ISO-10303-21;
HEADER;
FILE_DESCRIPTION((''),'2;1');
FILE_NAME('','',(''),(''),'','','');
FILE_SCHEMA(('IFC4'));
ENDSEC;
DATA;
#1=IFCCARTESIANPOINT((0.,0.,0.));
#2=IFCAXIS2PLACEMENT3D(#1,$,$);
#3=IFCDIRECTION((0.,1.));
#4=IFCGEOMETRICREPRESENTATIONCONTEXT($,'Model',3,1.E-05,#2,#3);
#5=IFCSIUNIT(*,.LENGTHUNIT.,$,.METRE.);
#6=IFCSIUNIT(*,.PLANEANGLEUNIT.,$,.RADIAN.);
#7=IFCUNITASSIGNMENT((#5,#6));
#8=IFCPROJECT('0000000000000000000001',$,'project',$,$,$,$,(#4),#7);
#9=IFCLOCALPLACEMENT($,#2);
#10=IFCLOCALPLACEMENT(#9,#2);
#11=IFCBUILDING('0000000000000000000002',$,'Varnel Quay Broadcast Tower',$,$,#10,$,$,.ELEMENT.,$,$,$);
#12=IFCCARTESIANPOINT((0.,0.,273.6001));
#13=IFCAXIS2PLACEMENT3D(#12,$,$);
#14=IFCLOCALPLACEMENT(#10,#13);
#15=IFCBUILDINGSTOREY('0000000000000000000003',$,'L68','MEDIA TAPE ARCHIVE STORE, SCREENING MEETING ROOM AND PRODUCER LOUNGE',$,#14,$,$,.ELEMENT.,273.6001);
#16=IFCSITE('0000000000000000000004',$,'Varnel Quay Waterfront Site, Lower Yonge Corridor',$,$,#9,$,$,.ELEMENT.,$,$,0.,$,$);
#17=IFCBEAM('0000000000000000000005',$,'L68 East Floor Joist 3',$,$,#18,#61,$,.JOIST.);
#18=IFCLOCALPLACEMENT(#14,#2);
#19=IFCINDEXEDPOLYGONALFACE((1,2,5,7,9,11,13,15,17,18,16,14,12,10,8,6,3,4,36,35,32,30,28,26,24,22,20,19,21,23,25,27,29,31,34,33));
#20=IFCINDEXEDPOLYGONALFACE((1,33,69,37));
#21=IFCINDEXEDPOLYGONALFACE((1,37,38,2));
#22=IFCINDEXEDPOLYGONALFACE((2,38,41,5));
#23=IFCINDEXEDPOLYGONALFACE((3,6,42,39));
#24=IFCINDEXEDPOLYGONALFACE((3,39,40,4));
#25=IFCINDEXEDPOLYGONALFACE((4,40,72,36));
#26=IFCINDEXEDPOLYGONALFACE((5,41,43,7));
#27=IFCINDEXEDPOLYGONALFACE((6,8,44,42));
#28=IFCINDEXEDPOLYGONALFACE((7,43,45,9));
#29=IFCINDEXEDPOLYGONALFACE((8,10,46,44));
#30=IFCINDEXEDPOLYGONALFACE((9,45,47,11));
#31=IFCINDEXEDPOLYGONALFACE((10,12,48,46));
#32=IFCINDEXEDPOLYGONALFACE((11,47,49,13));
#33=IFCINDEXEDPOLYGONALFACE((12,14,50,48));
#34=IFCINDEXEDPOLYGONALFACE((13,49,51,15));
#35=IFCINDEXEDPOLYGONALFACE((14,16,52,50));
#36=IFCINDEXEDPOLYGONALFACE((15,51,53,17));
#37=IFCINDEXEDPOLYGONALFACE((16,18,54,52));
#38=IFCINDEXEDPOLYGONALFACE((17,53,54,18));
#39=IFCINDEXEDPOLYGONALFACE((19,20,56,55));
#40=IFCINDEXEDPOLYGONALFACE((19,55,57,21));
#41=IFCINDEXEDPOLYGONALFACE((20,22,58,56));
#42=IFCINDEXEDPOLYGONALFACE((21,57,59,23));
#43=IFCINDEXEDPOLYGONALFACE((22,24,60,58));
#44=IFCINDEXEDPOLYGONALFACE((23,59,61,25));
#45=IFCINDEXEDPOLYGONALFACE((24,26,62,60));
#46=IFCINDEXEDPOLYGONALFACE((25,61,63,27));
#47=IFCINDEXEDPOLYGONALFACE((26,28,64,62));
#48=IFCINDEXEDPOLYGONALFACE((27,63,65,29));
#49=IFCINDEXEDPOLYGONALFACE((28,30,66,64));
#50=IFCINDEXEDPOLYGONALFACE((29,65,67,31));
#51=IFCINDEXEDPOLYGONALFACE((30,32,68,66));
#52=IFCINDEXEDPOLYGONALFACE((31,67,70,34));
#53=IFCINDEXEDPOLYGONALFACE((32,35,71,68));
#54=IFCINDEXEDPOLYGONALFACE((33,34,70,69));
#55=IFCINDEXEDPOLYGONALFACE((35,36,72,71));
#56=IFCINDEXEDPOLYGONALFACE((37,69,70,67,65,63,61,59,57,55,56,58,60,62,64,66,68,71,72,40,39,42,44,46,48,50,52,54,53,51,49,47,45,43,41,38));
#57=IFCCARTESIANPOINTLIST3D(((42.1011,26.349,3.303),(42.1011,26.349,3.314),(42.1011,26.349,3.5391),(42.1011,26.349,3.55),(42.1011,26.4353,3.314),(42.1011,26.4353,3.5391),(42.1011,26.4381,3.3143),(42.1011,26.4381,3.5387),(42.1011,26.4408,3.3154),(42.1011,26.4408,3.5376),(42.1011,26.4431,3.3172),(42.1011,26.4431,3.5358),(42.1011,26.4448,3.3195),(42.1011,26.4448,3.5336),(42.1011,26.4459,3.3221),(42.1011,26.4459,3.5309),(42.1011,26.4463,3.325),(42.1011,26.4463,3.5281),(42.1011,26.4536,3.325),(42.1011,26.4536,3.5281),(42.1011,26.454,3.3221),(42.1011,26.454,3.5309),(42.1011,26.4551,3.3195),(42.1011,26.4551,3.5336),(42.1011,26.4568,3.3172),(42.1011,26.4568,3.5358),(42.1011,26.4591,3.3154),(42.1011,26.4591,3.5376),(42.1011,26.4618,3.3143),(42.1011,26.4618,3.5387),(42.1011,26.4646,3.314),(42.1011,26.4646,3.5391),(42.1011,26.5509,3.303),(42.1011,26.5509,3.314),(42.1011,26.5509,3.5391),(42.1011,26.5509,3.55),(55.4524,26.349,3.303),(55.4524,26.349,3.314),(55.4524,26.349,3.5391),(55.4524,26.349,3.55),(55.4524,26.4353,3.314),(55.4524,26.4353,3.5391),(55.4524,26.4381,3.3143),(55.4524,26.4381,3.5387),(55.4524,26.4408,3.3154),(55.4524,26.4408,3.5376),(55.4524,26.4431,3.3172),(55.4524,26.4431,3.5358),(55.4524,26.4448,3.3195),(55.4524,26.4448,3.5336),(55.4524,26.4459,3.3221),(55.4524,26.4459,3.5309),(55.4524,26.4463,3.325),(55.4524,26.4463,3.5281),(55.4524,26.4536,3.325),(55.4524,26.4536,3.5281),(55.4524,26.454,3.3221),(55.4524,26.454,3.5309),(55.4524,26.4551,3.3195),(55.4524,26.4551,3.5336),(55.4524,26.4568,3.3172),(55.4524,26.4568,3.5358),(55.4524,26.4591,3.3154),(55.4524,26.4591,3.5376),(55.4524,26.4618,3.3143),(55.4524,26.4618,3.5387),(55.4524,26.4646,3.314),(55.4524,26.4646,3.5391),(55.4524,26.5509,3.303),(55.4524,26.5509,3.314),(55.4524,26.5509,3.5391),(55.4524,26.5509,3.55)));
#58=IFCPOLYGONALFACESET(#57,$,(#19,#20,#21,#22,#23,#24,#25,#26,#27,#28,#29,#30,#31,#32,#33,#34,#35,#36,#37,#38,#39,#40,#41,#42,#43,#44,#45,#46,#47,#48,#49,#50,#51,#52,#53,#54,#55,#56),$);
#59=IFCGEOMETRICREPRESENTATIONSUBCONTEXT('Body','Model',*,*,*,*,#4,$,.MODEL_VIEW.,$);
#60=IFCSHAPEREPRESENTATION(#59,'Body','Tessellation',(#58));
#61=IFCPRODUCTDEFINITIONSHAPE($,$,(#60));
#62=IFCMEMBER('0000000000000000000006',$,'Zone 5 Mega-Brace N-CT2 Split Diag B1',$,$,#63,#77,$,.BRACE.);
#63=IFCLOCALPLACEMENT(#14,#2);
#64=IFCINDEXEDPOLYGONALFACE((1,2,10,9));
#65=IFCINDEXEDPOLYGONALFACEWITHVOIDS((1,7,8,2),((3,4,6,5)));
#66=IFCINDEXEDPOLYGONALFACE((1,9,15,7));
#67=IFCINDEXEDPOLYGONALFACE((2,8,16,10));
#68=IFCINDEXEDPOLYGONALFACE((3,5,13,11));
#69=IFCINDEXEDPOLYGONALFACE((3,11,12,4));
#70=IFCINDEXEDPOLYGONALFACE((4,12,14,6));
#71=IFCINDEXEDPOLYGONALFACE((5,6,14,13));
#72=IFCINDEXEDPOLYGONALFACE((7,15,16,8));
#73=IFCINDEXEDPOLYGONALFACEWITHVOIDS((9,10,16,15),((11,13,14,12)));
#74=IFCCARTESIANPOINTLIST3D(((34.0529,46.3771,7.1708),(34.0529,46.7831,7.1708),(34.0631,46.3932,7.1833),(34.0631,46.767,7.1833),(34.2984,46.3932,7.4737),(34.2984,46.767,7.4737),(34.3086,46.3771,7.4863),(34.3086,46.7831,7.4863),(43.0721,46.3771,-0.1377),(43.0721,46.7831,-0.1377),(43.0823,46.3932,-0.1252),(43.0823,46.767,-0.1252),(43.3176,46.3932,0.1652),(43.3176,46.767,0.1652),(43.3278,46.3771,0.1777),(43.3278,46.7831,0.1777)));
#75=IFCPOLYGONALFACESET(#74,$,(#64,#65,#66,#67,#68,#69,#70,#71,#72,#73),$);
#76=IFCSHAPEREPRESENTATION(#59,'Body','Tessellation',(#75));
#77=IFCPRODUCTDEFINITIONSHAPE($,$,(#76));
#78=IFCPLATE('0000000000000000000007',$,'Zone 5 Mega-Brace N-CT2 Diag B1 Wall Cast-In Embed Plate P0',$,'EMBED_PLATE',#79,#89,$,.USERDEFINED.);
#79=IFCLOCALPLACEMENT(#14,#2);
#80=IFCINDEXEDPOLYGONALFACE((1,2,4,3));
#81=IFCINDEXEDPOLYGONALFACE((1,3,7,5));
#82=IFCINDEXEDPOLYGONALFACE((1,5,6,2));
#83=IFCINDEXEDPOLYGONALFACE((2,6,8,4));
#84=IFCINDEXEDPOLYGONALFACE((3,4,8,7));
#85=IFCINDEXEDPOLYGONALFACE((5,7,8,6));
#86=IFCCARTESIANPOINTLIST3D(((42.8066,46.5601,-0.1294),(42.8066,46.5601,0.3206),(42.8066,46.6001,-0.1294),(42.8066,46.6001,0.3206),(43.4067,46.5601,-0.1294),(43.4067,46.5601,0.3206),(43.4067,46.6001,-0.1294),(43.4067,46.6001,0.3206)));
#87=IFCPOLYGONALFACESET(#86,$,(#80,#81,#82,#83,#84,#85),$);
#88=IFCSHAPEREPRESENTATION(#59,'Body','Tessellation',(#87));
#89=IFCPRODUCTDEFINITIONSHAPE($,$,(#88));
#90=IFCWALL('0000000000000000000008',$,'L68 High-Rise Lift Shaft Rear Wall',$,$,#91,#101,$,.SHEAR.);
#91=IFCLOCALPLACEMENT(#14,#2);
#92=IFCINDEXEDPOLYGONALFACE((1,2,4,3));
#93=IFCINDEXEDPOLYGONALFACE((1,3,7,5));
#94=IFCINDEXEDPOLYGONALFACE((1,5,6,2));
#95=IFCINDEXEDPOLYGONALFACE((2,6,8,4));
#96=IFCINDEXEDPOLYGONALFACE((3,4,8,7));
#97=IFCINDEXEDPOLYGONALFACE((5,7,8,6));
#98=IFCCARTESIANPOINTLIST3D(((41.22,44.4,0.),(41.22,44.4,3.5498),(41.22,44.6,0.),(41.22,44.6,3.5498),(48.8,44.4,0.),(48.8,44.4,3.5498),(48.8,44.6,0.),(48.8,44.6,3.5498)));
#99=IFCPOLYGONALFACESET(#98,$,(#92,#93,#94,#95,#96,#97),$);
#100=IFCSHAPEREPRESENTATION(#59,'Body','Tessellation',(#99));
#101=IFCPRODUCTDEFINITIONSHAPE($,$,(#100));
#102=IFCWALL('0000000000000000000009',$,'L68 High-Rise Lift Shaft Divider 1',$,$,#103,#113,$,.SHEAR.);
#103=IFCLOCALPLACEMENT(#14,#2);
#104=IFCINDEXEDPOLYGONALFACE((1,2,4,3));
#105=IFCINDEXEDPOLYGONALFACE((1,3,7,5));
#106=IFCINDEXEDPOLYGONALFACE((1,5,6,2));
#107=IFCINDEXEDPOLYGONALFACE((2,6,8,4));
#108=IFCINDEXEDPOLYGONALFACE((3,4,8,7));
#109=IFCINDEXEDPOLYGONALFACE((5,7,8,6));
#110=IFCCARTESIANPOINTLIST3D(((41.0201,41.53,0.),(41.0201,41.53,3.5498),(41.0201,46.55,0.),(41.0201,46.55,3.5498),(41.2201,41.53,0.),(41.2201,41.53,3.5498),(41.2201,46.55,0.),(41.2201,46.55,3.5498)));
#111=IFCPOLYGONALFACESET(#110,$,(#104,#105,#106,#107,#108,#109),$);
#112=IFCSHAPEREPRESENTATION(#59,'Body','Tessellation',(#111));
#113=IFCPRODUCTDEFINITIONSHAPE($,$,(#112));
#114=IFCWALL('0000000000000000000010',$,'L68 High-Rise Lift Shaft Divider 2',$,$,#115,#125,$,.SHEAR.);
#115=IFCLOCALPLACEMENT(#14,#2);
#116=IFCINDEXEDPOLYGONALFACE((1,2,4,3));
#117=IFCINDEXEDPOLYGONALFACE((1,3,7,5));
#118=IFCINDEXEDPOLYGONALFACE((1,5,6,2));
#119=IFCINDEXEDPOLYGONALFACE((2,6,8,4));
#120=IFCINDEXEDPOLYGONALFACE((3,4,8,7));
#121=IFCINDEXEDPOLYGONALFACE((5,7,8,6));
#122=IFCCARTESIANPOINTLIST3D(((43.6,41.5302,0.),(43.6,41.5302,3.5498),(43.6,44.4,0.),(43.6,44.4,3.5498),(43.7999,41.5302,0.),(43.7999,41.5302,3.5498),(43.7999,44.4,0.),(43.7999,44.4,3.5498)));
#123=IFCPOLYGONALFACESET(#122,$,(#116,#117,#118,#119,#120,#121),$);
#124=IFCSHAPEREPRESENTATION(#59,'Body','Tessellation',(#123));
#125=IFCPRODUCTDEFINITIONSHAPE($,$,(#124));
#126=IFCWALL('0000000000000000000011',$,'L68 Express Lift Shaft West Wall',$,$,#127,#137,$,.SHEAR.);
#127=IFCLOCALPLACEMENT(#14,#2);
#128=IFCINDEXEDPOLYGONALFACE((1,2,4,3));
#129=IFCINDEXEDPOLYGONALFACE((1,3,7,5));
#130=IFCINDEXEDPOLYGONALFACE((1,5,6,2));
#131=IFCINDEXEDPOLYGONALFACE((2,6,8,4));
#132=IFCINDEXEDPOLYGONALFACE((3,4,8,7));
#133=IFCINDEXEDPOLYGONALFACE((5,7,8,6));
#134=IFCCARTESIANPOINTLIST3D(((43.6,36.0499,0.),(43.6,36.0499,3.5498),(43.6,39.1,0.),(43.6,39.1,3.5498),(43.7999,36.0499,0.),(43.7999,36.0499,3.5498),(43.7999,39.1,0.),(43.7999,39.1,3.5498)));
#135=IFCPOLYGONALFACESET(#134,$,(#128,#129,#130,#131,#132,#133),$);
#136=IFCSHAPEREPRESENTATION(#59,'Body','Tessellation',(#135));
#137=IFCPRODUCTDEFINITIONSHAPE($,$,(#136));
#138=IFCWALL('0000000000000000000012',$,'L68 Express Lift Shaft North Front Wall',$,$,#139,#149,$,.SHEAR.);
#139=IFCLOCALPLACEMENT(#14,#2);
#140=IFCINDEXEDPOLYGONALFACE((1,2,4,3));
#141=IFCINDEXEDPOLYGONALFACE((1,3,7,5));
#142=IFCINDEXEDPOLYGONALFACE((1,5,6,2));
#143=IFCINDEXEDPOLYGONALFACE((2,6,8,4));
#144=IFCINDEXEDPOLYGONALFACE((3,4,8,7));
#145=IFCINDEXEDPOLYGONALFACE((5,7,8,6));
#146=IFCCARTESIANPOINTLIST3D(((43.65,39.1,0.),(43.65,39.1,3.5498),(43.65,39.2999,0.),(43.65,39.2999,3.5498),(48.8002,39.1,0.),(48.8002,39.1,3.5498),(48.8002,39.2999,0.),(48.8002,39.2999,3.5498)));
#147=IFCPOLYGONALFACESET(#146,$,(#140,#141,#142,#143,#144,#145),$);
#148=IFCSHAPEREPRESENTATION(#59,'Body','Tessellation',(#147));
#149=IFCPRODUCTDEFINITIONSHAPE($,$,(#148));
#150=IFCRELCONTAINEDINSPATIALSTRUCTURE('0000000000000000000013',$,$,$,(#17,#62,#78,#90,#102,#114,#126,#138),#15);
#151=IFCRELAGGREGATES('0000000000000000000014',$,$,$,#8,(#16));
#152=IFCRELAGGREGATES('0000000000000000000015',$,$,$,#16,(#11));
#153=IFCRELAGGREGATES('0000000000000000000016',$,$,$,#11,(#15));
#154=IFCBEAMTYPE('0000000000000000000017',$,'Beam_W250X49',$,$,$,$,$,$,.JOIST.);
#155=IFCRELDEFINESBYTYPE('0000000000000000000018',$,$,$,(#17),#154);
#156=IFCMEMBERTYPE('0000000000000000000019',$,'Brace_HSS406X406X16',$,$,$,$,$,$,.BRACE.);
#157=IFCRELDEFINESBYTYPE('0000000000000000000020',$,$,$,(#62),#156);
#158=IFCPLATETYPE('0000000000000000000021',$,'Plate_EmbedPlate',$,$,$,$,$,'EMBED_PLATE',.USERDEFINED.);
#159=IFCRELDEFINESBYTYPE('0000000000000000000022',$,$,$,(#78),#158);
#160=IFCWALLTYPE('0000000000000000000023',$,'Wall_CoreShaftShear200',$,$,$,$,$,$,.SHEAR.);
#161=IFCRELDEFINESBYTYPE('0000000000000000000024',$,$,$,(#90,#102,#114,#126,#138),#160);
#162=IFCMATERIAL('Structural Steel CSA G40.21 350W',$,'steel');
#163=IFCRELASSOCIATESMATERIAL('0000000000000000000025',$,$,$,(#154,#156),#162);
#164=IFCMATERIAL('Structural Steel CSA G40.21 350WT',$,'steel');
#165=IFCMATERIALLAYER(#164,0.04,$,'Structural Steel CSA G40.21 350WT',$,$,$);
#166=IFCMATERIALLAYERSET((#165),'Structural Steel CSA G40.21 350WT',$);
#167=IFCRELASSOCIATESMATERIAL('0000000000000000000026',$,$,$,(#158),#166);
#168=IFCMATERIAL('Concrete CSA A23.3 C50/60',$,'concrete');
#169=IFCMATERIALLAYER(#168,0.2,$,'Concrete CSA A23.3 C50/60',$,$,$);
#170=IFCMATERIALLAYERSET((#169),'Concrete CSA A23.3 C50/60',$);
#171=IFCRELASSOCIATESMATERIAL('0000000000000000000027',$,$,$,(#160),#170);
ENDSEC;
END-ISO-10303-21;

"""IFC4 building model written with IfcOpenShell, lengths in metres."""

from ifc_helpers import new_model, si_unit, direction, frame, frame_2d, origin, origin_2d, place, context, subcontext, project, spatial, rectangle, hollow_rectangle, i_section, extrude, source, transform, mapped, material, layer, layer_set, material_profile, profile_set, type_object, type_shapes, element, save


model = new_model("IFC4")

# Units and contexts
model_context = context("Model", 3, precision=1e-05, world=origin(), true_north=direction((0.0, 1.0)))
body_context = subcontext(model_context, "Body", "Model", "MODEL_VIEW")
ifc_project = project(units=[si_unit("LENGTHUNIT", "METRE"), si_unit("PLANEANGLEUNIT", "RADIAN")], contexts=[model_context])

# Site, building, storey
site_placement = place(None, origin())
site = spatial("IfcSite", under=ifc_project, at=site_placement, Name="Varnel Quay Waterfront Site, Lower Yonge Corridor", CompositionType="ELEMENT", RefElevation=0.0)
building_placement = place(site_placement, origin())
building = spatial("IfcBuilding", under=site, at=building_placement, Name="Varnel Quay Broadcast Tower", CompositionType="ELEMENT")
storey_placement = place(building_placement, frame((0.0, 0.0, 273.6001)))
storey = spatial("IfcBuildingStorey", under=building, at=storey_placement, Name="L68", Description="MEDIA TAPE ARCHIVE STORE, SCREENING MEETING ROOM AND PRODUCER LOUNGE", CompositionType="ELEMENT", Elevation=273.6001)

# Shared definitions
ifc_material_1 = material(Name="Structural Steel CSA G40.21 350WT", Category="steel")
ifc_material_2 = material(Name="Structural Steel CSA G40.21 350W", Category="steel")

# Beam
ifc_material_3 = material(Name="Concrete CSA A23.3 C50/60", Category="concrete")
ifc_material_profile_1 = material_profile(ifc_material_2, i_section(OverallWidth=0.2019, OverallDepth=0.2471, WebThickness=0.0073, FlangeThickness=0.011, FilletRadius=0.011, at=origin_2d()), Name="W250X49")
ifc_profile_set_1 = profile_set([ifc_material_profile_1], Name="Structural Steel CSA G40.21 350W")
beam_type_1 = type_object("IfcBeamType", Name="Beam_W250X49", PredefinedType="JOIST", material=ifc_profile_set_1)
shared_shape_1 = source(origin(), body_context, "Body", "SweptSolid", [
    extrude(i_section(OverallWidth=0.2019, OverallDepth=0.2471, WebThickness=0.0073, FlangeThickness=0.011, FilletRadius=0.011, at=origin_2d()), origin(), (0.0, 0.0, 1.0), 13.3513),
])
type_shapes(beam_type_1, [shared_shape_1])
beam_1_placement = place(storey_placement, frame((42.1011, 26.45, 3.4265), z_axis=(1.0, 0.0, 0.0), x_axis=(0.0, 1.0, 0.0)))
element("IfcBeam", 1, at=beam_1_placement, inside=storey, type_object=beam_type_1, Name="L68 East Floor Joist 3", PredefinedType="JOIST", context=body_context, shape_type="MappedRepresentation", body=[
    mapped(shared_shape_1, transform((0.0, 0.0, 0.0), x_axis=(1.0, 0.0, 0.0), y_axis=(0.0, 1.0, 0.0), z_axis=(0.0, 0.0, 1.0), scale=1.0)),
])

# Member
ifc_material_profile_2 = material_profile(ifc_material_2, hollow_rectangle(XDim=0.406, YDim=0.406, WallThickness=0.0161, at=origin_2d()), Name="HSS406X406X16")
ifc_profile_set_2 = profile_set([ifc_material_profile_2], Name="Structural Steel CSA G40.21 350W")
member_type = type_object("IfcMemberType", Name="Brace_HSS406X406X16", PredefinedType="BRACE", material=ifc_profile_set_2)
shared_shape_2 = source(origin(), body_context, "Body", "SweptSolid", [
    extrude(hollow_rectangle(XDim=0.406, YDim=0.406, WallThickness=0.0161, at=origin_2d()), origin(), (0.0, 0.0, 1.0), 11.6086),
])
type_shapes(member_type, [shared_shape_2])
member_placement = place(storey_placement, frame((43.2, 46.5801, 0.02), z_axis=(-0.776939, 0.0, 0.629576), x_axis=(0.0, -1.0, 0.0)))
element("IfcMember", 2, at=member_placement, inside=storey, type_object=member_type, Name="Zone 5 Mega-Brace N-CT2 Split Diag B1", PredefinedType="BRACE", context=body_context, shape_type="MappedRepresentation", body=[
    mapped(shared_shape_2, transform((0.0, 0.0, 0.0), x_axis=(1.0, 0.0, 0.0), y_axis=(0.0, 1.0, 0.0), z_axis=(0.0, 0.0, 1.0), scale=1.0)),
])

# Plate
ifc_layer_1 = layer(ifc_material_1, 0.04, Name="Structural Steel CSA G40.21 350WT")
ifc_layer_set_1 = layer_set([ifc_layer_1], Name="Structural Steel CSA G40.21 350WT")
plate_type = type_object("IfcPlateType", Name="Plate_EmbedPlate", ElementType="EMBED_PLATE", PredefinedType="USERDEFINED", material=ifc_layer_set_1)
shared_shape_3 = source(origin(), body_context, "Body", "SweptSolid", [
    extrude(rectangle(XDim=0.6001, YDim=0.04, at=origin_2d()), origin(), (0.0, 0.0, 1.0), 0.45),
])
type_shapes(plate_type, [shared_shape_3])
plate_placement = place(storey_placement, frame((43.1067, 46.5801, -0.1294), z_axis=(0.0, 0.0, 1.0), x_axis=(1.0, 0.0, 0.0)))
element("IfcPlate", 3, at=plate_placement, inside=storey, type_object=plate_type, Name="Zone 5 Mega-Brace N-CT2 Diag B1 Wall Cast-In Embed Plate P0", ObjectType="EMBED_PLATE", PredefinedType="USERDEFINED", context=body_context, shape_type="MappedRepresentation", body=[
    mapped(shared_shape_3, transform((0.0, 0.0, 0.0), x_axis=(1.0, 0.0, 0.0), y_axis=(0.0, 1.0, 0.0), z_axis=(0.0, 0.0, 1.0), scale=1.0)),
])

# Walls
ifc_layer_2 = layer(ifc_material_3, 0.2, Name="Concrete CSA A23.3 C50/60")
ifc_layer_set_2 = layer_set([ifc_layer_2], Name="Concrete CSA A23.3 C50/60")
wall_type_1 = type_object("IfcWallType", Name="Wall_CoreShaftShear200", PredefinedType="SHEAR", material=ifc_layer_set_2)
wall_1_placement = place(storey_placement, frame((41.22, 44.5, 0.0), z_axis=(0.0, 0.0, 1.0), x_axis=(1.0, 0.0, 0.0)))
element("IfcWall", 4, at=wall_1_placement, inside=storey, type_object=wall_type_1, Name="L68 High-Rise Lift Shaft Rear Wall", PredefinedType="SHEAR", context=body_context, shape_type="SweptSolid", body=[
    extrude(rectangle(XDim=7.5801, YDim=0.2, at=frame_2d((3.79, 0.0))), origin(), (0.0, 0.0, 1.0), 3.5498),
])
wall_2_placement = place(storey_placement, frame((41.1201, 41.53, 0.0), z_axis=(0.0, 0.0, 1.0), x_axis=(0.0, 1.0, 0.0)))
element("IfcWall", 5, at=wall_2_placement, inside=storey, type_object=wall_type_1, Name="L68 High-Rise Lift Shaft Divider 1", PredefinedType="SHEAR", context=body_context, shape_type="SweptSolid", body=[
    extrude(rectangle(XDim=5.02, YDim=0.2, at=frame_2d((2.51, 0.0))), origin(), (0.0, 0.0, 1.0), 3.5498),
])
wall_3_placement = place(storey_placement, frame((43.7, 41.53, 0.0), z_axis=(0.0, 0.0, 1.0), x_axis=(0.0, 1.0, 0.0)))
element("IfcWall", 6, at=wall_3_placement, inside=storey, type_object=wall_type_1, Name="L68 High-Rise Lift Shaft Divider 2", PredefinedType="SHEAR", context=body_context, shape_type="SweptSolid", body=[
    extrude(rectangle(XDim=2.8699, YDim=0.2, at=frame_2d((1.4351, 0.0))), origin(), (0.0, 0.0, 1.0), 3.5498),
])
wall_4_placement = place(storey_placement, frame((43.7, 36.05, 0.0), z_axis=(0.0, 0.0, 1.0), x_axis=(0.0, 1.0, 0.0)))
element("IfcWall", 7, at=wall_4_placement, inside=storey, type_object=wall_type_1, Name="L68 Express Lift Shaft West Wall", PredefinedType="SHEAR", context=body_context, shape_type="SweptSolid", body=[
    extrude(rectangle(XDim=3.05, YDim=0.2, at=frame_2d((1.5249, 0.0))), origin(), (0.0, 0.0, 1.0), 3.5498),
])
wall_5_placement = place(storey_placement, frame((43.6499, 39.2, 0.0), z_axis=(0.0, 0.0, 1.0), x_axis=(1.0, 0.0, 0.0)))
element("IfcWall", 8, at=wall_5_placement, inside=storey, type_object=wall_type_1, Name="L68 Express Lift Shaft North Front Wall", PredefinedType="SHEAR", context=body_context, shape_type="SweptSolid", body=[
    extrude(rectangle(XDim=5.1501, YDim=0.2, at=frame_2d((2.5752, 0.0))), origin(), (0.0, 0.0, 1.0), 3.5498),
])

save(model, "model.ifc")
